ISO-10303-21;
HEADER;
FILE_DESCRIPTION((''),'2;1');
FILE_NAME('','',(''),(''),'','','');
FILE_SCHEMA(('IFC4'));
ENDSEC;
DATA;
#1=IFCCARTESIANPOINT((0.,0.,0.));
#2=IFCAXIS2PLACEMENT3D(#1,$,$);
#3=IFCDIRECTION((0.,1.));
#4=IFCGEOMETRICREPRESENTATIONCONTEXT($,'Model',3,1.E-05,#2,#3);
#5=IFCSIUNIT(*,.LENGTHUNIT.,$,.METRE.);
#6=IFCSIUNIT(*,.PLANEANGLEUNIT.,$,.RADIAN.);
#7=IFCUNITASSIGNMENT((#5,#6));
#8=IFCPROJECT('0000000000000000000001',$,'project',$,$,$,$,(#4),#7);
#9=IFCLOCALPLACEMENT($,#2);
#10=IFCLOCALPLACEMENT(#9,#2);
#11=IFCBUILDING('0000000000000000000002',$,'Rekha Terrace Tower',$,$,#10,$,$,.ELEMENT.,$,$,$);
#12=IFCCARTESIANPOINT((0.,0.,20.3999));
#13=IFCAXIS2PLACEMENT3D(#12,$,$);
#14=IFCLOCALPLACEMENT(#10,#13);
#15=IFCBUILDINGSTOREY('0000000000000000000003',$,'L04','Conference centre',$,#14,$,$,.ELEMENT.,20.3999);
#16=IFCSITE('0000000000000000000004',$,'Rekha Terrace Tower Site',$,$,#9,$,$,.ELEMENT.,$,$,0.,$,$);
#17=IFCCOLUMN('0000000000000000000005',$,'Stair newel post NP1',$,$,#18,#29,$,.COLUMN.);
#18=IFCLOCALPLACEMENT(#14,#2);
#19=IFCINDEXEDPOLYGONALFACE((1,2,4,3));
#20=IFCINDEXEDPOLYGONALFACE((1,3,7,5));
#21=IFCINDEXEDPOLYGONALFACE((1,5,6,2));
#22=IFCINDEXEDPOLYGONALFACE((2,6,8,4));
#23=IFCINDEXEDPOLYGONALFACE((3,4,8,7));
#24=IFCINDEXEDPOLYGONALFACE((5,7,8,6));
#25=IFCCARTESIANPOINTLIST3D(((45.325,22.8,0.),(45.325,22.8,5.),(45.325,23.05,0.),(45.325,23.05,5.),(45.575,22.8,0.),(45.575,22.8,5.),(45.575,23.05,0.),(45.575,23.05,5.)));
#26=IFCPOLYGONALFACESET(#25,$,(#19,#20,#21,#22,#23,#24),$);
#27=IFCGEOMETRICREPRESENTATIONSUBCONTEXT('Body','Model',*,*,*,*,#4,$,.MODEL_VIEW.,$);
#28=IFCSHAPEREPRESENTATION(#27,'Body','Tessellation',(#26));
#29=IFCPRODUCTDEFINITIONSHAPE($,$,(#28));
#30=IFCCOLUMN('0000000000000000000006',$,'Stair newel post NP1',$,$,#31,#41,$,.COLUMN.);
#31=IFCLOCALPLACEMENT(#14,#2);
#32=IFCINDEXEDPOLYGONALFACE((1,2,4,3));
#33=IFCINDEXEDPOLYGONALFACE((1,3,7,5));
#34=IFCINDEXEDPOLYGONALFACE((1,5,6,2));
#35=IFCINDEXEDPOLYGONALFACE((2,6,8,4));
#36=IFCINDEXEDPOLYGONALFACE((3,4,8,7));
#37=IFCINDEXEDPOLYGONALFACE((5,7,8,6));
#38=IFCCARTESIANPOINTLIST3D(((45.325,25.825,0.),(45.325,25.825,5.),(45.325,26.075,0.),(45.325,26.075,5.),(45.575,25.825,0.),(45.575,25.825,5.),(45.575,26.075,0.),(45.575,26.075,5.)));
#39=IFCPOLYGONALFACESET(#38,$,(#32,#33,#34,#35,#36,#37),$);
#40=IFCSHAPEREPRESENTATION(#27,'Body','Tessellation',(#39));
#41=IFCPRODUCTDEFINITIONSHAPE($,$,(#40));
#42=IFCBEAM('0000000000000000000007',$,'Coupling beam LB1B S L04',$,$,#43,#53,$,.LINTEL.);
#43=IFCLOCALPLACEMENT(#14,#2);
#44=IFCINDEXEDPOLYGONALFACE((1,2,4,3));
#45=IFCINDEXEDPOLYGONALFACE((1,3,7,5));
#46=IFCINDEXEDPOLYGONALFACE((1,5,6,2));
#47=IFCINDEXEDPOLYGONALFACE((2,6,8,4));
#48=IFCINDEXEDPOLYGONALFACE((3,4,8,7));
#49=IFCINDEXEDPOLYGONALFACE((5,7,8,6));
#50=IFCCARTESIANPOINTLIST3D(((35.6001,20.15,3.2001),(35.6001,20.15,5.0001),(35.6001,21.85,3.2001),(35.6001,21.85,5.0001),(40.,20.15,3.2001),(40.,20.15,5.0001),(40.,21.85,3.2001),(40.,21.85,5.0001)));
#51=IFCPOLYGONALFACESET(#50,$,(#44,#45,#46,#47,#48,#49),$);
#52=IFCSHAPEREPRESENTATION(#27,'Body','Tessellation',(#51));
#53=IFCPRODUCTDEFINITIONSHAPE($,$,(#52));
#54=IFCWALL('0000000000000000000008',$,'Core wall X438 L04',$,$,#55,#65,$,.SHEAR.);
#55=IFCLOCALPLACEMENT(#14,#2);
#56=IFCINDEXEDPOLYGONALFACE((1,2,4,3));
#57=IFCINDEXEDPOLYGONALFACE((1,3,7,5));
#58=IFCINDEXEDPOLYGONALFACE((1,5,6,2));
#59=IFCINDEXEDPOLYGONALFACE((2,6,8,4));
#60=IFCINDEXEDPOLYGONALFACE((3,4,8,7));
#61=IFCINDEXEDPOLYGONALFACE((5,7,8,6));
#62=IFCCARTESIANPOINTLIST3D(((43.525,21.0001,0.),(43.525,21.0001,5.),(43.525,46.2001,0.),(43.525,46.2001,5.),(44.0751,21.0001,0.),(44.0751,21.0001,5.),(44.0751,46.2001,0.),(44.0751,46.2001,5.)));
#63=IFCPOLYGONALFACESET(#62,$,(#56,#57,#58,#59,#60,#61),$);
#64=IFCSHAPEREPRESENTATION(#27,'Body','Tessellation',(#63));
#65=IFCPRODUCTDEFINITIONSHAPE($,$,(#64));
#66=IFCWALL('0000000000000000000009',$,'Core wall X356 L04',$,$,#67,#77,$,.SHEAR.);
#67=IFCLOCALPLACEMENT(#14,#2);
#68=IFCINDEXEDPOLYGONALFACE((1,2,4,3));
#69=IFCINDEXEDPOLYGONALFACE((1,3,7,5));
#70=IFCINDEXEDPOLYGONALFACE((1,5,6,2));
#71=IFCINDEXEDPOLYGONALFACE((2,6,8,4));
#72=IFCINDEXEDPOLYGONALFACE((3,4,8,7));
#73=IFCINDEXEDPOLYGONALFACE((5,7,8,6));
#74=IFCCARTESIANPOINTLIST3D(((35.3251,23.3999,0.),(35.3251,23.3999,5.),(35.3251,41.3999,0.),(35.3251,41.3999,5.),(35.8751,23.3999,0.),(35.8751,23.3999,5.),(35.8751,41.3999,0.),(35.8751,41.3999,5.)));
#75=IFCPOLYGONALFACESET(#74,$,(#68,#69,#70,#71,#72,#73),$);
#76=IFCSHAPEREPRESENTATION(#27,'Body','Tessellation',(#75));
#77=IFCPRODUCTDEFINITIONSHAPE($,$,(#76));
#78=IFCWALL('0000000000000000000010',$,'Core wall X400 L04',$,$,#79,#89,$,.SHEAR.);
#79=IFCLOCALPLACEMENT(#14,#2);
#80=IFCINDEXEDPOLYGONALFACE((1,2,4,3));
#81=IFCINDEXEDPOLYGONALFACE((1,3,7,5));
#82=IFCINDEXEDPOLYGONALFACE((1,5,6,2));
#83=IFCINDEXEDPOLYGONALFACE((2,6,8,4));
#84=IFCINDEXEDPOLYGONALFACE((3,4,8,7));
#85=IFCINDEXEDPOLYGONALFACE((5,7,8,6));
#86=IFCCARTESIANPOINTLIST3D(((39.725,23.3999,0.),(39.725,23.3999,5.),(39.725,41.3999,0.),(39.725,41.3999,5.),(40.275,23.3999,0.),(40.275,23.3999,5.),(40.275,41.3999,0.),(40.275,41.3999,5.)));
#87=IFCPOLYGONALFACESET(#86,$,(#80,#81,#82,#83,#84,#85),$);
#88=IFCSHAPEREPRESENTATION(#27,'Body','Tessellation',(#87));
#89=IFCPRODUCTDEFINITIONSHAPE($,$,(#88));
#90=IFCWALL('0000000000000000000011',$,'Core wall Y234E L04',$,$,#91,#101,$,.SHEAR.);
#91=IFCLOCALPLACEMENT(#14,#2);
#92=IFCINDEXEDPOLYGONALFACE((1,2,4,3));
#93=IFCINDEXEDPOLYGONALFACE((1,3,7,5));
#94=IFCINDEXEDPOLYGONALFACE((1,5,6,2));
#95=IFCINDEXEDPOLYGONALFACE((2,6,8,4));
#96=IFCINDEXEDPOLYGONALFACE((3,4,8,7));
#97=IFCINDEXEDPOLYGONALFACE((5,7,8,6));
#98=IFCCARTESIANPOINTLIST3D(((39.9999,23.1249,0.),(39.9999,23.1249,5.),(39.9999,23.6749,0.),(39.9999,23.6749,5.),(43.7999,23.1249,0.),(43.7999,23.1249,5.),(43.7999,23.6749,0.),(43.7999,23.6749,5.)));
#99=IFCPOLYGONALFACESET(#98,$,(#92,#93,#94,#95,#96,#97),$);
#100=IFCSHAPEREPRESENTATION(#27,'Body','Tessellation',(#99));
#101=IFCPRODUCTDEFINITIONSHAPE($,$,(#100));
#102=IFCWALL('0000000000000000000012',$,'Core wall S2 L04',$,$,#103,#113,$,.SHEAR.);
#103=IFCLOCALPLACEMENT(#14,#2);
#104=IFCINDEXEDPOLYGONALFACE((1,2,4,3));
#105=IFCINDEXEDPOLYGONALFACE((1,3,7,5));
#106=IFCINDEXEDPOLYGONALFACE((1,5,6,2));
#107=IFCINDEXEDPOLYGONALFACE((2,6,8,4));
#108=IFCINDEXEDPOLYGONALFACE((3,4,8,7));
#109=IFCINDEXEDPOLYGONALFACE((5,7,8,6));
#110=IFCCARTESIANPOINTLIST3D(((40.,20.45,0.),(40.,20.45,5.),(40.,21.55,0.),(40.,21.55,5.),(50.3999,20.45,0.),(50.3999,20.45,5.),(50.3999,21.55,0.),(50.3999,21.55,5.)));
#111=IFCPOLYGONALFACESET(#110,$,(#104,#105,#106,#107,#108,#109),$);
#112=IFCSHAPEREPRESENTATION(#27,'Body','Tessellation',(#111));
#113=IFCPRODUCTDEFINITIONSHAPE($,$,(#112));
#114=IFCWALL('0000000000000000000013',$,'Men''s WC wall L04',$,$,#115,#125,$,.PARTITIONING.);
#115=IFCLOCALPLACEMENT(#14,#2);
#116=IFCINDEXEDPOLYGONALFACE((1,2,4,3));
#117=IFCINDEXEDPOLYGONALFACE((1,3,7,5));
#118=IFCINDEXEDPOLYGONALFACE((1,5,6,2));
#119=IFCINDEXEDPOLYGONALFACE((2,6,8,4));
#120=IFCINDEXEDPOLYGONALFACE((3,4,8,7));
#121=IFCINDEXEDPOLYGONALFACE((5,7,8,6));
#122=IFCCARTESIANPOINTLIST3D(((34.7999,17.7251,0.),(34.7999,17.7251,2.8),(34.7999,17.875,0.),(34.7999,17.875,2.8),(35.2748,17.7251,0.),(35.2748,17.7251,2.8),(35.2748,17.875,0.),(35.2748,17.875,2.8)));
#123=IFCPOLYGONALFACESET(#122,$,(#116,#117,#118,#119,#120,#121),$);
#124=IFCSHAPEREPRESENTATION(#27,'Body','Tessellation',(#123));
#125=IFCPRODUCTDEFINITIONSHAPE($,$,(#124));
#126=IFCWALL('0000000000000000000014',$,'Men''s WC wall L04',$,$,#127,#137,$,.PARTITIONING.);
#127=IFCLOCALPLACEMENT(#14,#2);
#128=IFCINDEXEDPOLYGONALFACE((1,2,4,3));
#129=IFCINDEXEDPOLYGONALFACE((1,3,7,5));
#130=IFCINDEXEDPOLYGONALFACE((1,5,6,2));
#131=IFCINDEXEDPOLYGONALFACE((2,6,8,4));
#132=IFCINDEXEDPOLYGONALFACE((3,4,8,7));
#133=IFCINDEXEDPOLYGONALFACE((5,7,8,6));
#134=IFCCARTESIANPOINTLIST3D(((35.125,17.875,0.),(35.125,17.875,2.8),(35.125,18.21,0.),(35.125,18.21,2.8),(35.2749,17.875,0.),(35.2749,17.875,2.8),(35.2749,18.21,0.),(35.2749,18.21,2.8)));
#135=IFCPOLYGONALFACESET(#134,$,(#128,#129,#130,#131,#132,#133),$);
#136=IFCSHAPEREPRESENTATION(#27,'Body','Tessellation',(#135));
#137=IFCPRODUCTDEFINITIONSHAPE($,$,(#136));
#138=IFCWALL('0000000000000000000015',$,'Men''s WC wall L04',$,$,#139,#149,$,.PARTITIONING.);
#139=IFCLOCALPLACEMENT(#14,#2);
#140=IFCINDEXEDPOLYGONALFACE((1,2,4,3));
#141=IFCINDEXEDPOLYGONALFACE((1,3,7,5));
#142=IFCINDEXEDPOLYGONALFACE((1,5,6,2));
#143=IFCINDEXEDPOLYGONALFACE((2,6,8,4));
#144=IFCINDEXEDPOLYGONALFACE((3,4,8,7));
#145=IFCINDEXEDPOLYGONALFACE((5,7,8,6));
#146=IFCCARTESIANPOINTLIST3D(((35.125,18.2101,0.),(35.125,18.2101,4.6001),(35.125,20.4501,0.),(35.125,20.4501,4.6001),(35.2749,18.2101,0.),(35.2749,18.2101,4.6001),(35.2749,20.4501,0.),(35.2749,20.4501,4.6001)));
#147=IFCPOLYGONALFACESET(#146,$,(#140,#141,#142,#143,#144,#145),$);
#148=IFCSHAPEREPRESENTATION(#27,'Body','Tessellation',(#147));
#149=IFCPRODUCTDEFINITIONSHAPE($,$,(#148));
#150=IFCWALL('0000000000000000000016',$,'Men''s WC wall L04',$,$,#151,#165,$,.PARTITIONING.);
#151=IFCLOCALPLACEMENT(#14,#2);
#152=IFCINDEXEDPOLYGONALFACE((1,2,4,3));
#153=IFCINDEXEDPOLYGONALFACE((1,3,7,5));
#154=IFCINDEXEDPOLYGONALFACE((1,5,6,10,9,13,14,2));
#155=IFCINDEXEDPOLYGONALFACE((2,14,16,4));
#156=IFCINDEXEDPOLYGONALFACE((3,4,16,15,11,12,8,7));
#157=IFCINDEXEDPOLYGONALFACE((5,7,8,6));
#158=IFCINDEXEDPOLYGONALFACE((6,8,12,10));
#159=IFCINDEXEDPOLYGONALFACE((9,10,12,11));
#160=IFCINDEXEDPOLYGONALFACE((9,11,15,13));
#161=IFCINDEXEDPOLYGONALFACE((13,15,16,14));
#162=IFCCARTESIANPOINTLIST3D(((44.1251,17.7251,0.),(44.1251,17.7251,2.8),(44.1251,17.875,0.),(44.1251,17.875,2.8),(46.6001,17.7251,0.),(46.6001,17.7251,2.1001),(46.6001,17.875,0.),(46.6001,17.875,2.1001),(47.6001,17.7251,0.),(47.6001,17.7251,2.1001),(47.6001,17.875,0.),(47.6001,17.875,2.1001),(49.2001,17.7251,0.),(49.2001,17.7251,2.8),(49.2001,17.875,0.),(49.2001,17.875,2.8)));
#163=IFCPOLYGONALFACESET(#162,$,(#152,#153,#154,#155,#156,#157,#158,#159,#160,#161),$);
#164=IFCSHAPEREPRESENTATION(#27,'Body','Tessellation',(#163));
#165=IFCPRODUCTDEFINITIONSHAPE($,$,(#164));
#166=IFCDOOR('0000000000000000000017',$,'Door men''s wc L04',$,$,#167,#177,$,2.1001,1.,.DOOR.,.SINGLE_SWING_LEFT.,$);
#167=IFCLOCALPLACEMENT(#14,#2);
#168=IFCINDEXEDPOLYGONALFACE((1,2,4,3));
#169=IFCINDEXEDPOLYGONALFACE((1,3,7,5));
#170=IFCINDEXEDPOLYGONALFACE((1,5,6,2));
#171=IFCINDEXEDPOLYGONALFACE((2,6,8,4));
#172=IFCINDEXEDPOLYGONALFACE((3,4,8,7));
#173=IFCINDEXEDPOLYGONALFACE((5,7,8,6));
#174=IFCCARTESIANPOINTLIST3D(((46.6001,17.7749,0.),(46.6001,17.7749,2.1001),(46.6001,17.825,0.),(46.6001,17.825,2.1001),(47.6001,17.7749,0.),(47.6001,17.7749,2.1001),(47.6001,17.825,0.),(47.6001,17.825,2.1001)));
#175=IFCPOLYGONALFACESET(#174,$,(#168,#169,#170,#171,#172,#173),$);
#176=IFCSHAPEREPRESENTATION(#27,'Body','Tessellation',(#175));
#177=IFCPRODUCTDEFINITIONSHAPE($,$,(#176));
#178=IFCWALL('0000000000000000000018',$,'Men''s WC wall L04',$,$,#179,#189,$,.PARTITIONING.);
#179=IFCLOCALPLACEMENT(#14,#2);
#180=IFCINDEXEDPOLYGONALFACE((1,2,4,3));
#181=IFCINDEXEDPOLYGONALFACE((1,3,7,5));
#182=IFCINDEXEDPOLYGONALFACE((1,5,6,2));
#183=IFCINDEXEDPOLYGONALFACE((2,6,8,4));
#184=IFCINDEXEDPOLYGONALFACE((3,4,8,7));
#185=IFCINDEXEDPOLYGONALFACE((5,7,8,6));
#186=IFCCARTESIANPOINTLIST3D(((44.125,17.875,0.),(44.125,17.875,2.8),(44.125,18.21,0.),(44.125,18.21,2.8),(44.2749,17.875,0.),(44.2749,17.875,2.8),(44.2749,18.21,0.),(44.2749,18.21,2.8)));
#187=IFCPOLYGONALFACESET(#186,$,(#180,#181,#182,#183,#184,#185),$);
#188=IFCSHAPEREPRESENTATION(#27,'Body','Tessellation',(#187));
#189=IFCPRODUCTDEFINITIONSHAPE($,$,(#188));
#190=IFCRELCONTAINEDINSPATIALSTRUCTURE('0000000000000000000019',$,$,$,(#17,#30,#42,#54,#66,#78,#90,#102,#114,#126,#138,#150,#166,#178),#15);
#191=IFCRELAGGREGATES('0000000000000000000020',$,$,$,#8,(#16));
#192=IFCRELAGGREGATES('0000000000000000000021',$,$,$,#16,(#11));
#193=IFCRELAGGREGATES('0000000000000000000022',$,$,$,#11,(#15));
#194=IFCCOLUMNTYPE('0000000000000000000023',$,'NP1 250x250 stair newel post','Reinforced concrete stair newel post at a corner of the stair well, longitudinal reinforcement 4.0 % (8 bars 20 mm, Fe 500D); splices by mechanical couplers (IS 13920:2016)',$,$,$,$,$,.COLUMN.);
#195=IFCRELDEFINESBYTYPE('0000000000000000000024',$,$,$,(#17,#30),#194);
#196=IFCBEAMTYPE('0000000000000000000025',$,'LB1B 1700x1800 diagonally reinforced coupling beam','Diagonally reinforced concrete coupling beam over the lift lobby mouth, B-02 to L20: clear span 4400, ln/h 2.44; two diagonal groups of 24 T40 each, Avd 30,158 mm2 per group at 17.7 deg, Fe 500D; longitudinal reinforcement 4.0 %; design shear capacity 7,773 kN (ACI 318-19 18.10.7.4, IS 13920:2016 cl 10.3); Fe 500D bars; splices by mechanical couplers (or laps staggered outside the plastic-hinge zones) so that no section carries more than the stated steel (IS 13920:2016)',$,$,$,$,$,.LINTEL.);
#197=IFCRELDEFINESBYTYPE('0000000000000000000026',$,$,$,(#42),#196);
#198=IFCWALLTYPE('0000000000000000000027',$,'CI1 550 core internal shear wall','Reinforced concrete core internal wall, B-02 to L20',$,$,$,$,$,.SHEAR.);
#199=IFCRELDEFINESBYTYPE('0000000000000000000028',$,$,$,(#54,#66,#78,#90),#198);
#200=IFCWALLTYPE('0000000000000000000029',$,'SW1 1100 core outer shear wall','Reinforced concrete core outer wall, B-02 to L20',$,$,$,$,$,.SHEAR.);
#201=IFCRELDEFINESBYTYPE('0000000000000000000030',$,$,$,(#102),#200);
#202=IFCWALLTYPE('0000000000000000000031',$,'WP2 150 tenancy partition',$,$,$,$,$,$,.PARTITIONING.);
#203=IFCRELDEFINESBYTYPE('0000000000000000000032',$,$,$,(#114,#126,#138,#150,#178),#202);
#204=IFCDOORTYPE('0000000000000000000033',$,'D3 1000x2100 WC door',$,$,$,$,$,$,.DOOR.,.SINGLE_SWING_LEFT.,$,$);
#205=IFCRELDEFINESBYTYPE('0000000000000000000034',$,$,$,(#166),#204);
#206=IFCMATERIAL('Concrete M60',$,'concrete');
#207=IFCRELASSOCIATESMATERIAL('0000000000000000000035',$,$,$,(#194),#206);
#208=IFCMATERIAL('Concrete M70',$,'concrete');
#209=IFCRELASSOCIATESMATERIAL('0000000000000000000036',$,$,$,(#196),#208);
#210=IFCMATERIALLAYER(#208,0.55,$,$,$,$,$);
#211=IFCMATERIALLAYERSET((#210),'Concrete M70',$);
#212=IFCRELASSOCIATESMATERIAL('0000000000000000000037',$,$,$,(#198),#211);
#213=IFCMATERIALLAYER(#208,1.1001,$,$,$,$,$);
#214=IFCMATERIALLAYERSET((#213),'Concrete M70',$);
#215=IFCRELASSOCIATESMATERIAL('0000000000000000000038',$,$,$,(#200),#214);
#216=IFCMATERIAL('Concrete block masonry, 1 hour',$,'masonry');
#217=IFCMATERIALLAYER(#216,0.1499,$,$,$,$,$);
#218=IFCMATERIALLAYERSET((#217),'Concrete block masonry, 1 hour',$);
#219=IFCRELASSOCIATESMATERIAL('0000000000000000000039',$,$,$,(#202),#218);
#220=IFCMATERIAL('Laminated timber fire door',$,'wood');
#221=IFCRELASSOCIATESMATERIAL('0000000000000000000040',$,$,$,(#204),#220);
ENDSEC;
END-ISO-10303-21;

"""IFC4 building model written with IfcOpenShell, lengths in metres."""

from ifc_helpers import new_model, si_unit, direction, frame, frame_2d, origin, origin_2d, place, context, subcontext, project, spatial, rectangle, extrude, material, layer, layer_set, material_profile, profile_set, type_object, element, fill, save


model = new_model("IFC4")

# Units and contexts
model_context = context("Model", 3, precision=1e-05, world=origin(), true_north=direction((0.0, 1.0)))
body_context = subcontext(model_context, "Body", "Model", "MODEL_VIEW")
ifc_project = project(units=[si_unit("LENGTHUNIT", "METRE"), si_unit("PLANEANGLEUNIT", "RADIAN")], contexts=[model_context])

# Site, building, storey
site_placement = place(None, origin())
site = spatial("IfcSite", under=ifc_project, at=site_placement, Name="Rekha Terrace Tower Site", CompositionType="ELEMENT", RefElevation=0.0)
building_placement = place(site_placement, origin())
building = spatial("IfcBuilding", under=site, at=building_placement, Name="Rekha Terrace Tower", CompositionType="ELEMENT")
storey_placement = place(building_placement, frame((0.0, 0.0, 20.3999)))
storey = spatial("IfcBuildingStorey", under=building, at=storey_placement, Name="L04", Description="Conference centre", CompositionType="ELEMENT", Elevation=20.3999)

# Columns
ifc_material_1 = material(Name="Concrete M60", Category="concrete")
ifc_material_profile_1 = material_profile(ifc_material_1, rectangle(XDim=0.25, YDim=0.25, at=origin_2d()), Name="RC 250x250")
ifc_profile_set_1 = profile_set([ifc_material_profile_1], Name="Concrete M60")
column_type = type_object("IfcColumnType", Name="NP1 250x250 stair newel post", Description="Reinforced concrete stair newel post at a corner of the stair well, longitudinal reinforcement 4.0 % (8 bars 20 mm, Fe 500D); splices by mechanical couplers (IS 13920:2016)", PredefinedType="COLUMN", material=ifc_profile_set_1)
for number, where, z_axis, x_axis, name in (
    (1, (45.45, 22.925, 0.0), (0.0, 0.0, 1.0), (1.0, 0.0, 0.0), "Stair newel post NP1"),
    (2, (45.45, 25.95, 0.0), (0.0, 0.0, 1.0), (1.0, 0.0, 0.0), "Stair newel post NP1"),
):
    element("IfcColumn", number, at=place(storey_placement, frame(where, z_axis=z_axis, x_axis=x_axis)), inside=storey, type_object=column_type, Name=name, PredefinedType="COLUMN", context=body_context, shape_type="SweptSolid", body=[
        extrude(rectangle(XDim=0.25, YDim=0.25, at=origin_2d()), origin(), (0.0, 0.0, 1.0), 5.0),
    ])

# Beam
ifc_material_2 = material(Name="Concrete M70", Category="concrete")
ifc_material_profile_2 = material_profile(ifc_material_2, rectangle(XDim=1.7, YDim=1.8, at=origin_2d()), Name="RC 1700x1800")
ifc_profile_set_2 = profile_set([ifc_material_profile_2], Name="Concrete M70")
beam_type = type_object("IfcBeamType", Name="LB1B 1700x1800 diagonally reinforced coupling beam", Description="Diagonally reinforced concrete coupling beam over the lift lobby mouth, B-02 to L20: clear span 4400, ln/h 2.44; two diagonal groups of 24 T40 each, Avd 30,158 mm2 per group at 17.7 deg, Fe 500D; longitudinal reinforcement 4.0 %; design shear capacity 7,773 kN (ACI 318-19 18.10.7.4, IS 13920:2016 cl 10.3); Fe 500D bars; splices by mechanical couplers (or laps staggered outside the plastic-hinge zones) so that no section carries more than the stated steel (IS 13920:2016)", PredefinedType="LINTEL", material=ifc_profile_set_2)
beam_placement = place(storey_placement, frame((35.6001, 21.0, 4.1001), z_axis=(1.0, 0.0, 0.0), x_axis=(0.0, 1.0, 0.0)))
element("IfcBeam", 3, at=beam_placement, inside=storey, type_object=beam_type, Name="Coupling beam LB1B S L04", PredefinedType="LINTEL", context=body_context, shape_type="SweptSolid", body=[
    extrude(rectangle(XDim=1.7, YDim=1.8, at=origin_2d()), origin(), (0.0, 0.0, 1.0), 4.3999),
])

# Walls
ifc_layer_1 = layer(ifc_material_2, 0.55)
ifc_layer_set_1 = layer_set([ifc_layer_1], Name="Concrete M70")
wall_type_1 = type_object("IfcWallType", Name="CI1 550 core internal shear wall", Description="Reinforced concrete core internal wall, B-02 to L20", PredefinedType="SHEAR", material=ifc_layer_set_1)
wall_1_placement = place(storey_placement, frame((43.8, 21.0, 0.0), z_axis=(0.0, 0.0, 1.0), x_axis=(0.0, 1.0, 0.0)))
element("IfcWall", 4, at=wall_1_placement, inside=storey, type_object=wall_type_1, Name="Core wall X438 L04", PredefinedType="SHEAR", context=body_context, shape_type="SweptSolid", body=[
    extrude(rectangle(XDim=25.2, YDim=0.55, at=frame_2d((12.6001, 0.0))), origin(), (0.0, 0.0, 1.0), 5.0),
])
for number, where, z_axis, x_axis, name in (
    (5, (35.6001, 23.3999, 0.0), (0.0, 0.0, 1.0), (0.0, 1.0, 0.0), "Core wall X356 L04"),
    (6, (40.0, 23.3999, 0.0), (0.0, 0.0, 1.0), (0.0, 1.0, 0.0), "Core wall X400 L04"),
):
    element("IfcWall", number, at=place(storey_placement, frame(where, z_axis=z_axis, x_axis=x_axis)), inside=storey, type_object=wall_type_1, Name=name, PredefinedType="SHEAR", context=body_context, shape_type="SweptSolid", body=[
        extrude(rectangle(XDim=18.0, YDim=0.55, at=frame_2d((9.0, 0.0))), origin(), (0.0, 0.0, 1.0), 5.0),
    ])
wall_2_placement = place(storey_placement, frame((40.0, 23.3999, 0.0), z_axis=(0.0, 0.0, 1.0), x_axis=(1.0, 0.0, 0.0)))
element("IfcWall", 7, at=wall_2_placement, inside=storey, type_object=wall_type_1, Name="Core wall Y234E L04", PredefinedType="SHEAR", context=body_context, shape_type="SweptSolid", body=[
    extrude(rectangle(XDim=3.8, YDim=0.55, at=frame_2d((1.8999, 0.0))), origin(), (0.0, 0.0, 1.0), 5.0),
])
ifc_layer_2 = layer(ifc_material_2, 1.1001)
ifc_layer_set_2 = layer_set([ifc_layer_2], Name="Concrete M70")
wall_type_2 = type_object("IfcWallType", Name="SW1 1100 core outer shear wall", Description="Reinforced concrete core outer wall, B-02 to L20", PredefinedType="SHEAR", material=ifc_layer_set_2)
wall_3_placement = place(storey_placement, frame((40.0, 21.0, 0.0), z_axis=(0.0, 0.0, 1.0), x_axis=(1.0, 0.0, 0.0)))
element("IfcWall", 8, at=wall_3_placement, inside=storey, type_object=wall_type_2, Name="Core wall S2 L04", PredefinedType="SHEAR", context=body_context, shape_type="SweptSolid", body=[
    extrude(rectangle(XDim=10.3999, YDim=1.1001, at=frame_2d((5.2, 0.0))), origin(), (0.0, 0.0, 1.0), 5.0),
])
ifc_material_3 = material(Name="Concrete block masonry, 1 hour", Category="masonry")
ifc_layer_3 = layer(ifc_material_3, 0.1499)
ifc_layer_set_3 = layer_set([ifc_layer_3], Name="Concrete block masonry, 1 hour")
wall_type_3 = type_object("IfcWallType", Name="WP2 150 tenancy partition", PredefinedType="PARTITIONING", material=ifc_layer_set_3)
wall_4_placement = place(storey_placement, frame((34.8, 17.8, 0.0), z_axis=(0.0, 0.0, 1.0), x_axis=(1.0, 0.0, 0.0)))
element("IfcWall", 9, at=wall_4_placement, inside=storey, type_object=wall_type_3, Name="Men's WC wall L04", PredefinedType="PARTITIONING", context=body_context, shape_type="SweptSolid", body=[
    extrude(rectangle(XDim=0.4749, YDim=0.1499, at=frame_2d((0.2373, 0.0))), origin(), (0.0, 0.0, 1.0), 2.8),
])
wall_5_placement = place(storey_placement, frame((35.2, 17.875, 0.0), z_axis=(0.0, 0.0, 1.0), x_axis=(0.0, 1.0, 0.0)))
element("IfcWall", 10, at=wall_5_placement, inside=storey, type_object=wall_type_3, Name="Men's WC wall L04", PredefinedType="PARTITIONING", context=body_context, shape_type="SweptSolid", body=[
    extrude(rectangle(XDim=0.335, YDim=0.1499, at=frame_2d((0.1675, 0.0))), origin(), (0.0, 0.0, 1.0), 2.8),
])
wall_6_placement = place(storey_placement, frame((35.2, 18.21, 0.0), z_axis=(0.0, 0.0, 1.0), x_axis=(0.0, 1.0, 0.0)))
element("IfcWall", 11, at=wall_6_placement, inside=storey, type_object=wall_type_3, Name="Men's WC wall L04", PredefinedType="PARTITIONING", context=body_context, shape_type="SweptSolid", body=[
    extrude(rectangle(XDim=2.24, YDim=0.1499, at=frame_2d((1.1201, 0.0))), origin(), (0.0, 0.0, 1.0), 4.6001),
])

# Wall, opening, door
wall_7_placement = place(storey_placement, frame((44.125, 17.8, 0.0), z_axis=(0.0, 0.0, 1.0), x_axis=(1.0, 0.0, 0.0)))
wall_7 = element("IfcWall", 12, at=wall_7_placement, inside=storey, type_object=wall_type_3, Name="Men's WC wall L04", PredefinedType="PARTITIONING", context=body_context, shape_type="SweptSolid", body=[
    extrude(rectangle(XDim=5.075, YDim=0.1499, at=frame_2d((2.5376, 0.0))), origin(), (0.0, 0.0, 1.0), 2.8),
])
opening_1_placement = place(wall_7_placement, frame((2.4751, 0.0, 0.0)))
opening_1 = element("IfcOpeningElement", 13, at=opening_1_placement, cuts=wall_7, PredefinedType="OPENING", context=body_context, shape_type="SweptSolid", body=[
    extrude(rectangle(XDim=1.0, YDim=2.1001, at=frame_2d((0.5, 1.05))), frame((0.0, 0.085, 0.0), z_axis=(0.0, -1.0, 0.0), x_axis=(1.0, 0.0, 0.0)), (0.0, 0.0, 1.0), 0.1699),
])
ifc_material_4 = material(Name="Laminated timber fire door", Category="wood")
door_type_1 = type_object("IfcDoorType", Name="D3 1000x2100 WC door", OperationType="SINGLE_SWING_LEFT", PredefinedType="DOOR", material=ifc_material_4)
door_1_placement = place(opening_1_placement, origin())
door_1 = element("IfcDoor", 14, at=door_1_placement, inside=storey, type_object=door_type_1, Name="Door men's wc L04", OperationType="SINGLE_SWING_LEFT", OverallHeight=2.1001, OverallWidth=1.0, PredefinedType="DOOR", context=body_context, shape_type="SweptSolid", body=[
    extrude(rectangle(XDim=1.0, YDim=2.1001, at=frame_2d((0.5, 1.05))), frame((0.0, 0.0249, 0.0), z_axis=(0.0, -1.0, 0.0), x_axis=(1.0, 0.0, 0.0)), (0.0, 0.0, 1.0), 0.05),
])
fill(opening_1, door_1)

# Wall
wall_8_placement = place(storey_placement, frame((44.2, 17.875, 0.0), z_axis=(0.0, 0.0, 1.0), x_axis=(0.0, 1.0, 0.0)))
element("IfcWall", 15, at=wall_8_placement, inside=storey, type_object=wall_type_3, Name="Men's WC wall L04", PredefinedType="PARTITIONING", context=body_context, shape_type="SweptSolid", body=[
    extrude(rectangle(XDim=0.335, YDim=0.1499, at=frame_2d((0.1675, 0.0))), origin(), (0.0, 0.0, 1.0), 2.8),
])

save(model, "model.ifc")
